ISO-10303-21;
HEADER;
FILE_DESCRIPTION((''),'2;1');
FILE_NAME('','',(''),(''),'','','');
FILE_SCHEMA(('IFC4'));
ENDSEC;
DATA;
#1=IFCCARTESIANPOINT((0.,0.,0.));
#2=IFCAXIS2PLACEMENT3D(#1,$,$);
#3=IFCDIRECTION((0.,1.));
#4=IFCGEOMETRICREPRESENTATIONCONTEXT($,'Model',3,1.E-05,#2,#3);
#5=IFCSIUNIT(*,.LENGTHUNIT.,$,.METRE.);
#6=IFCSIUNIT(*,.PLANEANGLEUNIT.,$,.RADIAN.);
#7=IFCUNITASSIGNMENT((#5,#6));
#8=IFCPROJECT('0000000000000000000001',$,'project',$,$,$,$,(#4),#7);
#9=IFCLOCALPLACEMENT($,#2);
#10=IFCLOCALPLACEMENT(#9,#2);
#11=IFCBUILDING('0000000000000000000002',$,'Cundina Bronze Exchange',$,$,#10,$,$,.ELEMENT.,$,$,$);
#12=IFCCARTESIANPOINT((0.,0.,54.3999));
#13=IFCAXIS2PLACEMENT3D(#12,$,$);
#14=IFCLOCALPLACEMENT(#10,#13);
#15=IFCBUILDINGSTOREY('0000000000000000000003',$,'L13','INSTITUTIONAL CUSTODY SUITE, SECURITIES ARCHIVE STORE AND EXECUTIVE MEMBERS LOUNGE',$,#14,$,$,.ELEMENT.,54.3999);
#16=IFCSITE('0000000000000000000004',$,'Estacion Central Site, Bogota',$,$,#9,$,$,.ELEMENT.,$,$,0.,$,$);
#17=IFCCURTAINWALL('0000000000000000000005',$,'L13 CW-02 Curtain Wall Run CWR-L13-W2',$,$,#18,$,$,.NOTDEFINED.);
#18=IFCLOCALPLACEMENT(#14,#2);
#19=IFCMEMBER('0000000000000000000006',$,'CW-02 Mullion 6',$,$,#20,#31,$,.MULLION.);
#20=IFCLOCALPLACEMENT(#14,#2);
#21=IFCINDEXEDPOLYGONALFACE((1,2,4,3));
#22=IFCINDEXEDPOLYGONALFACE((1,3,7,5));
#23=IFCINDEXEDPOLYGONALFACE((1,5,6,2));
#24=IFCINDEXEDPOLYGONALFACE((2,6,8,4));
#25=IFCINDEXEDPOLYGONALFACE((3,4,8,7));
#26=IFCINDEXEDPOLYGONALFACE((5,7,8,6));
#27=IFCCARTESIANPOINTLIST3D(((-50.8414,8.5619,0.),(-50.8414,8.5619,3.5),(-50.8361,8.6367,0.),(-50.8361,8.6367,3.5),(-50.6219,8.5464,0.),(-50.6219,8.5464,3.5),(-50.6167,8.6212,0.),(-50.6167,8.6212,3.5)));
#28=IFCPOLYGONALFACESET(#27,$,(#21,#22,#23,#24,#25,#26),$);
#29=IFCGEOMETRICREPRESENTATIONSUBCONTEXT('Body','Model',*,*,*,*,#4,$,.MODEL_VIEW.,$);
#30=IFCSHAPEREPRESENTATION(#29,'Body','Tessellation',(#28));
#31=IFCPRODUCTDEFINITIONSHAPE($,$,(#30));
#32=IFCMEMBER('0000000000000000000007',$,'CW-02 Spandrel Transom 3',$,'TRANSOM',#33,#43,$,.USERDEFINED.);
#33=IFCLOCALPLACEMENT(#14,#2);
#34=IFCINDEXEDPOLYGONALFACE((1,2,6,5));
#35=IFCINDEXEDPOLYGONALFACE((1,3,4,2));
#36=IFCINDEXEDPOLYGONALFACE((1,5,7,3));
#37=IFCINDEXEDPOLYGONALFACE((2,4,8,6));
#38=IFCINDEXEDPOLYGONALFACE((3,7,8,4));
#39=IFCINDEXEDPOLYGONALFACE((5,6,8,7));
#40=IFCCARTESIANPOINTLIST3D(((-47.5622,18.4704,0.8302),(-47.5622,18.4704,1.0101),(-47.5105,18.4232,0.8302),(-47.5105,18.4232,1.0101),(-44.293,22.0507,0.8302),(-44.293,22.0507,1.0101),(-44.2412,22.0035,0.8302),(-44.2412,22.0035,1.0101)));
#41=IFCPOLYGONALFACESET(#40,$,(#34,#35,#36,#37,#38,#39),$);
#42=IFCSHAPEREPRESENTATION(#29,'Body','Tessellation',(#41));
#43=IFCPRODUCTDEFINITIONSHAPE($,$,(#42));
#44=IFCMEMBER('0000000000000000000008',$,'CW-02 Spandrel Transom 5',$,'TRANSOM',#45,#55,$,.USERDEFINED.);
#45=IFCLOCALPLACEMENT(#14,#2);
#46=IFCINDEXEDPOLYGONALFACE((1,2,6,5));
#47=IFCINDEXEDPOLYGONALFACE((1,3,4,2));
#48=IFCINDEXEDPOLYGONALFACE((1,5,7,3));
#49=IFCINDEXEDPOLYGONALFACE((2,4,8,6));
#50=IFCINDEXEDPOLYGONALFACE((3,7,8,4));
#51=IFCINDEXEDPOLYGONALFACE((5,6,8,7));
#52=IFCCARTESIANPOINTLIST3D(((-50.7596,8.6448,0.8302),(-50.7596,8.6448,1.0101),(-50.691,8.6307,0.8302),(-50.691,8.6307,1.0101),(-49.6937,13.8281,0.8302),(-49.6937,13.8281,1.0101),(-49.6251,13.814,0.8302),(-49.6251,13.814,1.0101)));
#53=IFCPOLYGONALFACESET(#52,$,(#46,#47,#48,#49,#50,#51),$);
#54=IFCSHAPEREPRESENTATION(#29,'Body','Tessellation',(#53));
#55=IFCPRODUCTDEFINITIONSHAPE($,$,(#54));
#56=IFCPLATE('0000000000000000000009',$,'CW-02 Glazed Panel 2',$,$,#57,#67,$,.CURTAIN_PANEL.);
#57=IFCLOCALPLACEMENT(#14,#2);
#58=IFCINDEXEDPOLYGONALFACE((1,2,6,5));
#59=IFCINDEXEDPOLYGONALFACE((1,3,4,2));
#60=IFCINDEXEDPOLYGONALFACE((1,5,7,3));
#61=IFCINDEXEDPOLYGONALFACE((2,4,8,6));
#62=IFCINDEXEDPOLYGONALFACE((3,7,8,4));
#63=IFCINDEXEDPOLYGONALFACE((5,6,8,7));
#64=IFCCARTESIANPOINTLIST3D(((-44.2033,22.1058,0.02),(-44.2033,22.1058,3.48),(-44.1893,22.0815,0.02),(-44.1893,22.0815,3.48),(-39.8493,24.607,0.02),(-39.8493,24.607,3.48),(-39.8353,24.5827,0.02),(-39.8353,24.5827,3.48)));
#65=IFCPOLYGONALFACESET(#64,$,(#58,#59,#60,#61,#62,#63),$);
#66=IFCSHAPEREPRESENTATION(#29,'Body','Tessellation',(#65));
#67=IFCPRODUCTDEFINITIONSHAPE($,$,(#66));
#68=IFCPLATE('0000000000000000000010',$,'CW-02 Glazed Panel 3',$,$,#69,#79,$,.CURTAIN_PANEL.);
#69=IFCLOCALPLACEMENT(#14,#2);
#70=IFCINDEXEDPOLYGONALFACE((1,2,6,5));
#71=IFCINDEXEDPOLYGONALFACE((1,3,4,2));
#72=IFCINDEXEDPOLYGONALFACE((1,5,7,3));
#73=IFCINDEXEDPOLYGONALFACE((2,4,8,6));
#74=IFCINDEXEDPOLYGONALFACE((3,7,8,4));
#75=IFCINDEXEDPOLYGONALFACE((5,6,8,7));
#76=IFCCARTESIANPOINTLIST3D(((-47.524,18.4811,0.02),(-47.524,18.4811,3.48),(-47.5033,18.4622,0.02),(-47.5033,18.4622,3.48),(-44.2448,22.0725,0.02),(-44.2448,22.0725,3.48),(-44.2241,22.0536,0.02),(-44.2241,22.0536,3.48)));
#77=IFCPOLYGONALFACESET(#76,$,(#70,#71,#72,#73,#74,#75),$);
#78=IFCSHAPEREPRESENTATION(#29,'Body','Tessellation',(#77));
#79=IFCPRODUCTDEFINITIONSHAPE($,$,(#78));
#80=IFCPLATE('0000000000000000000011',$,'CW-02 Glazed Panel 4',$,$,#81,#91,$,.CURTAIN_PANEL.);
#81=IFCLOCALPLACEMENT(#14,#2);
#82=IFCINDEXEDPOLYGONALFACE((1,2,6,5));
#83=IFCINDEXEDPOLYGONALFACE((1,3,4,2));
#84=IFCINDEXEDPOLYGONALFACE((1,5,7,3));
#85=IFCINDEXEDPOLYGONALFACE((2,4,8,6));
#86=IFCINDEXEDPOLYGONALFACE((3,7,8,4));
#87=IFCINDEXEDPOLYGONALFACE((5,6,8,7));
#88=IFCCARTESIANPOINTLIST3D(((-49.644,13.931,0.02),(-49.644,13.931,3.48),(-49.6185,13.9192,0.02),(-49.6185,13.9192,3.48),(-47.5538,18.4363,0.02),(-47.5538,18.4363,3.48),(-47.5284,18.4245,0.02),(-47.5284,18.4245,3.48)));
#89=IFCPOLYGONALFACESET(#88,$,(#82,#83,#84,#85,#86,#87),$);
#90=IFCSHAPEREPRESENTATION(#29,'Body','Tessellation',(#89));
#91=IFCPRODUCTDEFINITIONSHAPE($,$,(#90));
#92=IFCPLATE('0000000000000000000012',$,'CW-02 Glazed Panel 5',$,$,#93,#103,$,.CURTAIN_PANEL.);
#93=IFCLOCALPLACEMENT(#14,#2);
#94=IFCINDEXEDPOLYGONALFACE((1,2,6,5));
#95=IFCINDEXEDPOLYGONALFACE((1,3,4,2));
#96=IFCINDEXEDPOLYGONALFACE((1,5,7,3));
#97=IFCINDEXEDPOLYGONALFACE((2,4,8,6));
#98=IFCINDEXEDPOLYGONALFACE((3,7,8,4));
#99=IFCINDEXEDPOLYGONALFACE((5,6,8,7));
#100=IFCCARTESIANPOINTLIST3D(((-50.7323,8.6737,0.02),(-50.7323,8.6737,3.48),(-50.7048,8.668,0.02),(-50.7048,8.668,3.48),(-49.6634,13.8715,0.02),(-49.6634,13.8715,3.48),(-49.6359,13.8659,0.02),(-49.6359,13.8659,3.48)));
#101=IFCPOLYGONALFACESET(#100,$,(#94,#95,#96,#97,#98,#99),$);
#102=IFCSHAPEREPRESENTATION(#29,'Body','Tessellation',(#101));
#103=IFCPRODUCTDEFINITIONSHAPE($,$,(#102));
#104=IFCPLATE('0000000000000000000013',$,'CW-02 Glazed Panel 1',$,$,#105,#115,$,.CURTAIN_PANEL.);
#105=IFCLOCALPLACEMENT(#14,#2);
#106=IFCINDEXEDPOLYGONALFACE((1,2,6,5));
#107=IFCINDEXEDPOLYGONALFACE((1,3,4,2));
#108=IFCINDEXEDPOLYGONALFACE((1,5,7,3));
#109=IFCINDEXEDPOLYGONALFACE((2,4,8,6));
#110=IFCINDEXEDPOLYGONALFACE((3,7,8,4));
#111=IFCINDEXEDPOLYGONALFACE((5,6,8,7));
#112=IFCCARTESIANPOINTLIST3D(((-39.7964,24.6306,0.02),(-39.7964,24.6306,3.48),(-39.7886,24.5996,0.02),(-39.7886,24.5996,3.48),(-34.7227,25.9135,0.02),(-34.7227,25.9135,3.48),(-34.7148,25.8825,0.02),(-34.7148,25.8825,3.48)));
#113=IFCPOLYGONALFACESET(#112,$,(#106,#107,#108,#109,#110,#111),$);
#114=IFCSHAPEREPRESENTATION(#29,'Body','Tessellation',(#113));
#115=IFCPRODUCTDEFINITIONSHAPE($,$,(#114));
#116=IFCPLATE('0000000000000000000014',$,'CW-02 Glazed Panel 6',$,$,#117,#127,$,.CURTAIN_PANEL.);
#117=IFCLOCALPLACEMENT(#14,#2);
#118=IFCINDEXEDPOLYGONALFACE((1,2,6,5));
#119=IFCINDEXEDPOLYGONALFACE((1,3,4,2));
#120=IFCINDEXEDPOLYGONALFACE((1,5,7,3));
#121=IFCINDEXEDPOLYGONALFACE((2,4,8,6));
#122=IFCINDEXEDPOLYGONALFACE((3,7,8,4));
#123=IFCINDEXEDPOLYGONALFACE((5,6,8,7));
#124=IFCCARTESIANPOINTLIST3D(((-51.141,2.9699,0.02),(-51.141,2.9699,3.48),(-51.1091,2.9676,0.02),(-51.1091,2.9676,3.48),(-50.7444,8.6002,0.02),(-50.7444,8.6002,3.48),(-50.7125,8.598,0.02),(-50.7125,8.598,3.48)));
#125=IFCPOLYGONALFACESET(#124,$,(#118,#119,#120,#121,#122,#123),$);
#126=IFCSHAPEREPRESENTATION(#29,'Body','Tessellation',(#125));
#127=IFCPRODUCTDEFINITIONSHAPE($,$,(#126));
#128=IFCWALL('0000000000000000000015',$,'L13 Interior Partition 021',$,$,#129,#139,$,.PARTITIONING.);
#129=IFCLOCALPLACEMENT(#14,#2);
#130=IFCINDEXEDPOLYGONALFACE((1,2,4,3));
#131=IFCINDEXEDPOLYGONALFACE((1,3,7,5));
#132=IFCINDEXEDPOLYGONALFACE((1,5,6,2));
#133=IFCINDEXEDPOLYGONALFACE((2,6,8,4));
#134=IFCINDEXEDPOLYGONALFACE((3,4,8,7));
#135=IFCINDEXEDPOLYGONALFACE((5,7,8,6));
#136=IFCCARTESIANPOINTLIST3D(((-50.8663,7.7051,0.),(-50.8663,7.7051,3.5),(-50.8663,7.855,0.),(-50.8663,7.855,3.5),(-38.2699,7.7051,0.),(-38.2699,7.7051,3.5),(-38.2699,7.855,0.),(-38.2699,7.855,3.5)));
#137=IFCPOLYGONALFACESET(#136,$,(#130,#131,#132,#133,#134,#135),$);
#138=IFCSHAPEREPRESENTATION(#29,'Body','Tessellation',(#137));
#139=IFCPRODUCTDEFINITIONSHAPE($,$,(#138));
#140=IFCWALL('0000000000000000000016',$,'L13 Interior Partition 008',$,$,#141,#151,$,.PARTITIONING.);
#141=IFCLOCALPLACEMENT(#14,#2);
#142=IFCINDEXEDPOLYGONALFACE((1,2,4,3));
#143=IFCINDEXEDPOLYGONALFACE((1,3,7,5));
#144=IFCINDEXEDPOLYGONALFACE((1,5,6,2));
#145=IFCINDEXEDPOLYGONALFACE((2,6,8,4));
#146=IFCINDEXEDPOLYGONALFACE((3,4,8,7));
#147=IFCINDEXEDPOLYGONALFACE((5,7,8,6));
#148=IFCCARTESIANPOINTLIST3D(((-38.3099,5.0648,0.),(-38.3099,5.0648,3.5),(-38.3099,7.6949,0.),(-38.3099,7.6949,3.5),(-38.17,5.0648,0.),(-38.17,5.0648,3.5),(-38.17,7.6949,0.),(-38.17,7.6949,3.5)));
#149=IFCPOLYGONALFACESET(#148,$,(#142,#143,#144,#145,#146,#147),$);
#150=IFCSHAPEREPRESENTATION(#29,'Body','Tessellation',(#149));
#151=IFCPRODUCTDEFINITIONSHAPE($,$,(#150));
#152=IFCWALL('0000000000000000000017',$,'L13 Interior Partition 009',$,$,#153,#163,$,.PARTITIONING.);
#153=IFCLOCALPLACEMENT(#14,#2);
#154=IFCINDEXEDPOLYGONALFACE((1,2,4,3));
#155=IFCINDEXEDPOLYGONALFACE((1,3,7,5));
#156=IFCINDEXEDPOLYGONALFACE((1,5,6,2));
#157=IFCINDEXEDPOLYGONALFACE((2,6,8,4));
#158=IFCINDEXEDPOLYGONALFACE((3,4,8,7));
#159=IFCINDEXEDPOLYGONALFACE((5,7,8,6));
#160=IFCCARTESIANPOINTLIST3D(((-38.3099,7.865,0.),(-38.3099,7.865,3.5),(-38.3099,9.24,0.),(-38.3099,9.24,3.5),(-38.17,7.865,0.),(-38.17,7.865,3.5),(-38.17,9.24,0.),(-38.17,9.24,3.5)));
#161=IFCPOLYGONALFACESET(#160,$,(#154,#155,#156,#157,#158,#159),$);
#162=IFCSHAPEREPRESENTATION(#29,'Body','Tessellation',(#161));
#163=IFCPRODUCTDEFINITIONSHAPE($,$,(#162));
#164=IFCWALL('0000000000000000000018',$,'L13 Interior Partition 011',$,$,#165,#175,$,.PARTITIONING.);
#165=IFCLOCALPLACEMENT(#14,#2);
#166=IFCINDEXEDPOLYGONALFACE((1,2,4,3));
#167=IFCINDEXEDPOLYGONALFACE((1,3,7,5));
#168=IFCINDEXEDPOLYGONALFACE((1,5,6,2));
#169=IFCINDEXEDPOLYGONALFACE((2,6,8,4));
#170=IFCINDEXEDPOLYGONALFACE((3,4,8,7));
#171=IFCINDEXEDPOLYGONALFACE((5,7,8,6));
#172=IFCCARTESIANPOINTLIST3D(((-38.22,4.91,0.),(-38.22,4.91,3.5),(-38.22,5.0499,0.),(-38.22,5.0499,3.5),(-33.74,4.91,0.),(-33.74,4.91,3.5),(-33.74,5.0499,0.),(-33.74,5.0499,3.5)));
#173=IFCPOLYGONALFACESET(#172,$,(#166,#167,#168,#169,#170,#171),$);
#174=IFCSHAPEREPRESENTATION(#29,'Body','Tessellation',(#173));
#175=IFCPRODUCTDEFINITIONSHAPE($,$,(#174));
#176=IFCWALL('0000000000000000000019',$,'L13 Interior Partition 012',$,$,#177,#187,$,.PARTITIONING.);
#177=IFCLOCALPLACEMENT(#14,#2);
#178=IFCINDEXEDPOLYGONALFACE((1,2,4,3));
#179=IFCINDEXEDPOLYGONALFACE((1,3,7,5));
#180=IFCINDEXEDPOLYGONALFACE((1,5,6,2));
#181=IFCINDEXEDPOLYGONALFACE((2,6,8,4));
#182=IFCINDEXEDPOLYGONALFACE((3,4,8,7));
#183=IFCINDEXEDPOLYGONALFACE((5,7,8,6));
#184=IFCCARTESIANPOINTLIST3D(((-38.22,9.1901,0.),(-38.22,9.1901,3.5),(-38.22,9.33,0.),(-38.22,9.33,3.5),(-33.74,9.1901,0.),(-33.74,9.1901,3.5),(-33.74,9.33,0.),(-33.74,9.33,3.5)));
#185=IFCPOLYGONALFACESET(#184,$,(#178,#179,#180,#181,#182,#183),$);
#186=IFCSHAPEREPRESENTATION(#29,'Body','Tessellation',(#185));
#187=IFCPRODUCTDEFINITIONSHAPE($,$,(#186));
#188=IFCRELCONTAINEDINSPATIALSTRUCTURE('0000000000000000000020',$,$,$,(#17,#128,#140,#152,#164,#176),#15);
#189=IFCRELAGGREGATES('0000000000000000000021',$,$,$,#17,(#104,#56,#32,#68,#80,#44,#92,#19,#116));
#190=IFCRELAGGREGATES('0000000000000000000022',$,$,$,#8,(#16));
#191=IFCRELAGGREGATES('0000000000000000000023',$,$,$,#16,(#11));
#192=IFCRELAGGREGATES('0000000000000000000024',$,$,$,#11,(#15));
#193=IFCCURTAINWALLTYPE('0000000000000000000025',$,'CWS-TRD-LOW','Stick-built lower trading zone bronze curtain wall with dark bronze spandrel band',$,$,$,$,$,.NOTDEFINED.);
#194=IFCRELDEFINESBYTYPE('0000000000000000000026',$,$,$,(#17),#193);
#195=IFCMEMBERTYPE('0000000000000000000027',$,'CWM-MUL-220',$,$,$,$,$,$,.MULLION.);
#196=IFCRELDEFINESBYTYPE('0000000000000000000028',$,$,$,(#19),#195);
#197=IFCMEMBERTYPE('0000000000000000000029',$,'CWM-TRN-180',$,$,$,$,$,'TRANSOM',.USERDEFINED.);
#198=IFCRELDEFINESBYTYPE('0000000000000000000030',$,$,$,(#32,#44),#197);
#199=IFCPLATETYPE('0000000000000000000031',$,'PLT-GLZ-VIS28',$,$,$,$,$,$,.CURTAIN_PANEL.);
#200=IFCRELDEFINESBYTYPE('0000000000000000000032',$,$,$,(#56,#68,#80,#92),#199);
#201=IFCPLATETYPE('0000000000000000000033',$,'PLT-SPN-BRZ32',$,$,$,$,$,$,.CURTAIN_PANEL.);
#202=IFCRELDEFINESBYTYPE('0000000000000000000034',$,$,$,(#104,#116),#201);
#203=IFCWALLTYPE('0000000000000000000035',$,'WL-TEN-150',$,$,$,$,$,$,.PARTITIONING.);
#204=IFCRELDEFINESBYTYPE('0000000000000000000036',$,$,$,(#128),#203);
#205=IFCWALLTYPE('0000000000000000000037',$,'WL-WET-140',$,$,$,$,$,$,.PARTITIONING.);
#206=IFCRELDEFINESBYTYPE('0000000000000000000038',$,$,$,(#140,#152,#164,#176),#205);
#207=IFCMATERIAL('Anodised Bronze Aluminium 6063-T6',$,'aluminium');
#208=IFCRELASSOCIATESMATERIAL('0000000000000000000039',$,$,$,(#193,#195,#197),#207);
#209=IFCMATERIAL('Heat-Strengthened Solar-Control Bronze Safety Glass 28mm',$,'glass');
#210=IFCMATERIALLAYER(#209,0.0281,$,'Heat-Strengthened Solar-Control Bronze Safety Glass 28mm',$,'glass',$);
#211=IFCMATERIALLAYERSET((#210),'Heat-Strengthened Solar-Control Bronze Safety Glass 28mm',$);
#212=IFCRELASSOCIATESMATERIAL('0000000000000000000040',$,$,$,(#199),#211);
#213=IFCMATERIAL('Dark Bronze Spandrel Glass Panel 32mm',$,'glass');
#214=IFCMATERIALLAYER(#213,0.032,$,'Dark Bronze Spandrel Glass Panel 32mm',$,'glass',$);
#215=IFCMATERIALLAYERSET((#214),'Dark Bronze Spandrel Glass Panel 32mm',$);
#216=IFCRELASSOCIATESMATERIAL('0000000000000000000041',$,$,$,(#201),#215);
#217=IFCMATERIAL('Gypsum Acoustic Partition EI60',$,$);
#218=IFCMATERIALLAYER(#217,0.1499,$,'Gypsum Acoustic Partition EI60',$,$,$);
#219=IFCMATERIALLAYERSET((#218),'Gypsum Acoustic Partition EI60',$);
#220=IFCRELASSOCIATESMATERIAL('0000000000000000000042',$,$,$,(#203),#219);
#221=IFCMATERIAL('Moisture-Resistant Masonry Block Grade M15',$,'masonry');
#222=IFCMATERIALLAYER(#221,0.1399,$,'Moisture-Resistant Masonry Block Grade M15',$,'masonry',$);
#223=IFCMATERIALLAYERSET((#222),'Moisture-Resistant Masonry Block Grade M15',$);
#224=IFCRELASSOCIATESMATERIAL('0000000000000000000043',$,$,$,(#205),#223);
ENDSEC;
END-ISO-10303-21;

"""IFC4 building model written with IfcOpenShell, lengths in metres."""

from ifc_helpers import new_model, si_unit, direction, frame, frame_2d, origin, origin_2d, place, context, subcontext, project, spatial, rectangle, extrude, material, layer, layer_set, material_profile, profile_set, type_object, element, aggregate, save


model = new_model("IFC4")

# Units and contexts
model_context = context("Model", 3, precision=1e-05, world=origin(), true_north=direction((0.0, 1.0)))
body_context = subcontext(model_context, "Body", "Model", "MODEL_VIEW")
ifc_project = project(units=[si_unit("LENGTHUNIT", "METRE"), si_unit("PLANEANGLEUNIT", "RADIAN")], contexts=[model_context])

# Site, building, storey
site_placement = place(None, origin())
site = spatial("IfcSite", under=ifc_project, at=site_placement, Name="Estacion Central Site, Bogota", CompositionType="ELEMENT", RefElevation=0.0)
building_placement = place(site_placement, origin())
building = spatial("IfcBuilding", under=site, at=building_placement, Name="Cundina Bronze Exchange", CompositionType="ELEMENT")
storey_placement = place(building_placement, frame((0.0, 0.0, 54.3999)))
storey = spatial("IfcBuildingStorey", under=building, at=storey_placement, Name="L13", Description="INSTITUTIONAL CUSTODY SUITE, SECURITIES ARCHIVE STORE AND EXECUTIVE MEMBERS LOUNGE", CompositionType="ELEMENT", Elevation=54.3999)

# Curtain wall, members, plates
ifc_material_1 = material(Name="Anodised Bronze Aluminium 6063-T6", Category="aluminium")
curtain_wall_type = type_object("IfcCurtainWallType", Name="CWS-TRD-LOW", Description="Stick-built lower trading zone bronze curtain wall with dark bronze spandrel band", PredefinedType="NOTDEFINED", material=ifc_material_1)
curtain_wall_placement = place(storey_placement, origin())
curtain_wall = element("IfcCurtainWall", 1, at=curtain_wall_placement, inside=storey, type_object=curtain_wall_type, Name="L13 CW-02 Curtain Wall Run CWR-L13-W2", PredefinedType="NOTDEFINED")
ifc_material_profile_1 = material_profile(ifc_material_1, rectangle(XDim=0.075, YDim=0.22, at=origin_2d()), Name="AL75X220", Category="aluminium")
ifc_profile_set_1 = profile_set([ifc_material_profile_1], Name="Anodised Bronze Aluminium 6063-T6")
member_type_1 = type_object("IfcMemberType", Name="CWM-MUL-220", PredefinedType="MULLION", material=ifc_profile_set_1)
member_1_placement = place(storey_placement, frame((-50.729, 8.5916, 0.0), z_axis=(0.0, 0.0, 1.0), x_axis=(-0.070279, -0.997527, 0.0)))
member_1 = element("IfcMember", 2, at=member_1_placement, type_object=member_type_1, Name="CW-02 Mullion 6", PredefinedType="MULLION", context=body_context, shape_type="SweptSolid", body=[
    extrude(rectangle(XDim=0.075, YDim=0.22, at=origin_2d()), origin(), (0.0, 0.0, 1.0), 3.5),
])
ifc_material_profile_2 = material_profile(ifc_material_1, rectangle(XDim=0.0701, YDim=0.1799, at=origin_2d()), Name="AL70X180", Category="aluminium")
ifc_profile_set_2 = profile_set([ifc_material_profile_2], Name="Anodised Bronze Aluminium 6063-T6")
member_type_2 = type_object("IfcMemberType", Name="CWM-TRN-180", ElementType="TRANSOM", PredefinedType="USERDEFINED", material=ifc_profile_set_2)
member_2_placement = place(storey_placement, frame((-44.2671, 22.0271, 0.9202), z_axis=(-0.674303, -0.738455, 0.0), x_axis=(0.738455, -0.674303, 0.0)))
member_2 = element("IfcMember", 3, at=member_2_placement, type_object=member_type_2, Name="CW-02 Spandrel Transom 3", ObjectType="TRANSOM", PredefinedType="USERDEFINED", context=body_context, shape_type="SweptSolid", body=[
    extrude(rectangle(XDim=0.0701, YDim=0.1799, at=origin_2d()), origin(), (0.0, 0.0, 1.0), 4.8484),
])
member_3_placement = place(storey_placement, frame((-49.6594, 13.821, 0.9202), z_axis=(-0.201428, -0.979503, 0.0), x_axis=(0.979503, -0.201428, 0.0)))
member_3 = element("IfcMember", 4, at=member_3_placement, type_object=member_type_2, Name="CW-02 Spandrel Transom 5", ObjectType="TRANSOM", PredefinedType="USERDEFINED", context=body_context, shape_type="SweptSolid", body=[
    extrude(rectangle(XDim=0.0701, YDim=0.1799, at=origin_2d()), origin(), (0.0, 0.0, 1.0), 5.2917),
])
ifc_material_2 = material(Name="Heat-Strengthened Solar-Control Bronze Safety Glass 28mm", Category="glass")
ifc_layer_1 = layer(ifc_material_2, 0.0281, Name="Heat-Strengthened Solar-Control Bronze Safety Glass 28mm", Category="glass")
ifc_layer_set_1 = layer_set([ifc_layer_1], Name="Heat-Strengthened Solar-Control Bronze Safety Glass 28mm")
plate_type_1 = type_object("IfcPlateType", Name="PLT-GLZ-VIS28", PredefinedType="CURTAIN_PANEL", material=ifc_layer_set_1)
plate_1_placement = place(storey_placement, frame((-42.0193, 23.3442, 0.02), z_axis=(0.0, 0.0, 1.0), x_axis=(-0.867105, -0.498125, 0.0)))
plate_1 = element("IfcPlate", 5, at=plate_1_placement, type_object=plate_type_1, Name="CW-02 Glazed Panel 2", PredefinedType="CURTAIN_PANEL", context=body_context, shape_type="SweptSolid", body=[
    extrude(rectangle(XDim=5.0212, YDim=0.0281, at=origin_2d()), origin(), (0.0, 0.0, 1.0), 3.46),
])
plate_2_placement = place(storey_placement, frame((-45.874, 20.2673, 0.02), z_axis=(0.0, 0.0, 1.0), x_axis=(-0.674277, -0.738479, 0.0)))
plate_2 = element("IfcPlate", 6, at=plate_2_placement, type_object=plate_type_1, Name="CW-02 Glazed Panel 3", PredefinedType="CURTAIN_PANEL", context=body_context, shape_type="SweptSolid", body=[
    extrude(rectangle(XDim=4.8633, YDim=0.0281, at=origin_2d()), origin(), (0.0, 0.0, 1.0), 3.46),
])
plate_3_placement = place(storey_placement, frame((-48.5862, 16.1777, 0.02), z_axis=(0.0, 0.0, 1.0), x_axis=(-0.420846, -0.907132, 0.0)))
plate_3 = element("IfcPlate", 7, at=plate_3_placement, type_object=plate_type_1, Name="CW-02 Glazed Panel 4", PredefinedType="CURTAIN_PANEL", context=body_context, shape_type="SweptSolid", body=[
    extrude(rectangle(XDim=4.9666, YDim=0.0281, at=origin_2d()), origin(), (0.0, 0.0, 1.0), 3.46),
])
plate_4_placement = place(storey_placement, frame((-50.1841, 11.2698, 0.02), z_axis=(0.0, 0.0, 1.0), x_axis=(-0.20142, -0.979505, 0.0)))
plate_4 = element("IfcPlate", 8, at=plate_4_placement, type_object=plate_type_1, Name="CW-02 Glazed Panel 5", PredefinedType="CURTAIN_PANEL", context=body_context, shape_type="SweptSolid", body=[
    extrude(rectangle(XDim=5.3066, YDim=0.0281, at=origin_2d()), origin(), (0.0, 0.0, 1.0), 3.46),
])
ifc_material_3 = material(Name="Dark Bronze Spandrel Glass Panel 32mm", Category="glass")
ifc_layer_2 = layer(ifc_material_3, 0.032, Name="Dark Bronze Spandrel Glass Panel 32mm", Category="glass")
ifc_layer_set_2 = layer_set([ifc_layer_2], Name="Dark Bronze Spandrel Glass Panel 32mm")
plate_type_2 = type_object("IfcPlateType", Name="PLT-SPN-BRZ32", PredefinedType="CURTAIN_PANEL", material=ifc_layer_set_2)
plate_5_placement = place(storey_placement, frame((-37.2556, 25.2566, 0.02), z_axis=(0.0, 0.0, 1.0), x_axis=(-0.969488, -0.245138, 0.0)))
plate_5 = element("IfcPlate", 9, at=plate_5_placement, type_object=plate_type_2, Name="CW-02 Glazed Panel 1", PredefinedType="CURTAIN_PANEL", context=body_context, shape_type="SweptSolid", body=[
    extrude(rectangle(XDim=5.2334, YDim=0.032, at=origin_2d()), origin(), (0.0, 0.0, 1.0), 3.46),
])
plate_6_placement = place(storey_placement, frame((-50.9268, 5.7839, 0.02), z_axis=(0.0, 0.0, 1.0), x_axis=(-0.070279, -0.997527, 0.0)))
plate_6 = element("IfcPlate", 10, at=plate_6_placement, type_object=plate_type_2, Name="CW-02 Glazed Panel 6", PredefinedType="CURTAIN_PANEL", context=body_context, shape_type="SweptSolid", body=[
    extrude(rectangle(XDim=5.6443, YDim=0.032, at=origin_2d()), origin(), (0.0, 0.0, 1.0), 3.46),
])
aggregate(curtain_wall, [plate_5, plate_1, member_2, plate_2, plate_3, member_3, plate_4, member_1, plate_6])

# Walls
ifc_material_4 = material(Name="Gypsum Acoustic Partition EI60")
ifc_layer_3 = layer(ifc_material_4, 0.1499, Name="Gypsum Acoustic Partition EI60")
ifc_layer_set_3 = layer_set([ifc_layer_3], Name="Gypsum Acoustic Partition EI60")
wall_type_1 = type_object("IfcWallType", Name="WL-TEN-150", PredefinedType="PARTITIONING", material=ifc_layer_set_3)
wall_1_placement = place(storey_placement, frame((-50.8665, 7.78, 0.0), z_axis=(0.0, 0.0, 1.0), x_axis=(1.0, 0.0, 0.0)))
element("IfcWall", 11, at=wall_1_placement, inside=storey, type_object=wall_type_1, Name="L13 Interior Partition 021", PredefinedType="PARTITIONING", context=body_context, shape_type="SweptSolid", body=[
    extrude(rectangle(XDim=12.5964, YDim=0.1499, at=frame_2d((6.2983, 0.0))), origin(), (0.0, 0.0, 1.0), 3.5),
])
ifc_material_5 = material(Name="Moisture-Resistant Masonry Block Grade M15", Category="masonry")
ifc_layer_4 = layer(ifc_material_5, 0.1399, Name="Moisture-Resistant Masonry Block Grade M15", Category="masonry")
ifc_layer_set_4 = layer_set([ifc_layer_4], Name="Moisture-Resistant Masonry Block Grade M15")
wall_type_2 = type_object("IfcWallType", Name="WL-WET-140", PredefinedType="PARTITIONING", material=ifc_layer_set_4)
wall_2_placement = place(storey_placement, frame((-38.24, 5.0649, 0.0), z_axis=(0.0, 0.0, 1.0), x_axis=(0.0, 1.0, 0.0)))
element("IfcWall", 12, at=wall_2_placement, inside=storey, type_object=wall_type_2, Name="L13 Interior Partition 008", PredefinedType="PARTITIONING", context=body_context, shape_type="SweptSolid", body=[
    extrude(rectangle(XDim=2.6301, YDim=0.1399, at=frame_2d((1.3149, 0.0))), origin(), (0.0, 0.0, 1.0), 3.5),
])
wall_3_placement = place(storey_placement, frame((-38.24, 7.865, 0.0), z_axis=(0.0, 0.0, 1.0), x_axis=(0.0, 1.0, 0.0)))
element("IfcWall", 13, at=wall_3_placement, inside=storey, type_object=wall_type_2, Name="L13 Interior Partition 009", PredefinedType="PARTITIONING", context=body_context, shape_type="SweptSolid", body=[
    extrude(rectangle(XDim=1.375, YDim=0.1399, at=frame_2d((0.6875, 0.0))), origin(), (0.0, 0.0, 1.0), 3.5),
])
for number, where, z_axis, x_axis, name in (
    (14, (-38.22, 4.98, 0.0), (0.0, 0.0, 1.0), (1.0, 0.0, 0.0), "L13 Interior Partition 011"),
    (15, (-38.22, 9.26, 0.0), (0.0, 0.0, 1.0), (1.0, 0.0, 0.0), "L13 Interior Partition 012"),
):
    element("IfcWall", number, at=place(storey_placement, frame(where, z_axis=z_axis, x_axis=x_axis)), inside=storey, type_object=wall_type_2, Name=name, PredefinedType="PARTITIONING", context=body_context, shape_type="SweptSolid", body=[
        extrude(rectangle(XDim=4.48, YDim=0.1399, at=frame_2d((2.24, 0.0))), origin(), (0.0, 0.0, 1.0), 3.5),
    ])

save(model, "model.ifc")
